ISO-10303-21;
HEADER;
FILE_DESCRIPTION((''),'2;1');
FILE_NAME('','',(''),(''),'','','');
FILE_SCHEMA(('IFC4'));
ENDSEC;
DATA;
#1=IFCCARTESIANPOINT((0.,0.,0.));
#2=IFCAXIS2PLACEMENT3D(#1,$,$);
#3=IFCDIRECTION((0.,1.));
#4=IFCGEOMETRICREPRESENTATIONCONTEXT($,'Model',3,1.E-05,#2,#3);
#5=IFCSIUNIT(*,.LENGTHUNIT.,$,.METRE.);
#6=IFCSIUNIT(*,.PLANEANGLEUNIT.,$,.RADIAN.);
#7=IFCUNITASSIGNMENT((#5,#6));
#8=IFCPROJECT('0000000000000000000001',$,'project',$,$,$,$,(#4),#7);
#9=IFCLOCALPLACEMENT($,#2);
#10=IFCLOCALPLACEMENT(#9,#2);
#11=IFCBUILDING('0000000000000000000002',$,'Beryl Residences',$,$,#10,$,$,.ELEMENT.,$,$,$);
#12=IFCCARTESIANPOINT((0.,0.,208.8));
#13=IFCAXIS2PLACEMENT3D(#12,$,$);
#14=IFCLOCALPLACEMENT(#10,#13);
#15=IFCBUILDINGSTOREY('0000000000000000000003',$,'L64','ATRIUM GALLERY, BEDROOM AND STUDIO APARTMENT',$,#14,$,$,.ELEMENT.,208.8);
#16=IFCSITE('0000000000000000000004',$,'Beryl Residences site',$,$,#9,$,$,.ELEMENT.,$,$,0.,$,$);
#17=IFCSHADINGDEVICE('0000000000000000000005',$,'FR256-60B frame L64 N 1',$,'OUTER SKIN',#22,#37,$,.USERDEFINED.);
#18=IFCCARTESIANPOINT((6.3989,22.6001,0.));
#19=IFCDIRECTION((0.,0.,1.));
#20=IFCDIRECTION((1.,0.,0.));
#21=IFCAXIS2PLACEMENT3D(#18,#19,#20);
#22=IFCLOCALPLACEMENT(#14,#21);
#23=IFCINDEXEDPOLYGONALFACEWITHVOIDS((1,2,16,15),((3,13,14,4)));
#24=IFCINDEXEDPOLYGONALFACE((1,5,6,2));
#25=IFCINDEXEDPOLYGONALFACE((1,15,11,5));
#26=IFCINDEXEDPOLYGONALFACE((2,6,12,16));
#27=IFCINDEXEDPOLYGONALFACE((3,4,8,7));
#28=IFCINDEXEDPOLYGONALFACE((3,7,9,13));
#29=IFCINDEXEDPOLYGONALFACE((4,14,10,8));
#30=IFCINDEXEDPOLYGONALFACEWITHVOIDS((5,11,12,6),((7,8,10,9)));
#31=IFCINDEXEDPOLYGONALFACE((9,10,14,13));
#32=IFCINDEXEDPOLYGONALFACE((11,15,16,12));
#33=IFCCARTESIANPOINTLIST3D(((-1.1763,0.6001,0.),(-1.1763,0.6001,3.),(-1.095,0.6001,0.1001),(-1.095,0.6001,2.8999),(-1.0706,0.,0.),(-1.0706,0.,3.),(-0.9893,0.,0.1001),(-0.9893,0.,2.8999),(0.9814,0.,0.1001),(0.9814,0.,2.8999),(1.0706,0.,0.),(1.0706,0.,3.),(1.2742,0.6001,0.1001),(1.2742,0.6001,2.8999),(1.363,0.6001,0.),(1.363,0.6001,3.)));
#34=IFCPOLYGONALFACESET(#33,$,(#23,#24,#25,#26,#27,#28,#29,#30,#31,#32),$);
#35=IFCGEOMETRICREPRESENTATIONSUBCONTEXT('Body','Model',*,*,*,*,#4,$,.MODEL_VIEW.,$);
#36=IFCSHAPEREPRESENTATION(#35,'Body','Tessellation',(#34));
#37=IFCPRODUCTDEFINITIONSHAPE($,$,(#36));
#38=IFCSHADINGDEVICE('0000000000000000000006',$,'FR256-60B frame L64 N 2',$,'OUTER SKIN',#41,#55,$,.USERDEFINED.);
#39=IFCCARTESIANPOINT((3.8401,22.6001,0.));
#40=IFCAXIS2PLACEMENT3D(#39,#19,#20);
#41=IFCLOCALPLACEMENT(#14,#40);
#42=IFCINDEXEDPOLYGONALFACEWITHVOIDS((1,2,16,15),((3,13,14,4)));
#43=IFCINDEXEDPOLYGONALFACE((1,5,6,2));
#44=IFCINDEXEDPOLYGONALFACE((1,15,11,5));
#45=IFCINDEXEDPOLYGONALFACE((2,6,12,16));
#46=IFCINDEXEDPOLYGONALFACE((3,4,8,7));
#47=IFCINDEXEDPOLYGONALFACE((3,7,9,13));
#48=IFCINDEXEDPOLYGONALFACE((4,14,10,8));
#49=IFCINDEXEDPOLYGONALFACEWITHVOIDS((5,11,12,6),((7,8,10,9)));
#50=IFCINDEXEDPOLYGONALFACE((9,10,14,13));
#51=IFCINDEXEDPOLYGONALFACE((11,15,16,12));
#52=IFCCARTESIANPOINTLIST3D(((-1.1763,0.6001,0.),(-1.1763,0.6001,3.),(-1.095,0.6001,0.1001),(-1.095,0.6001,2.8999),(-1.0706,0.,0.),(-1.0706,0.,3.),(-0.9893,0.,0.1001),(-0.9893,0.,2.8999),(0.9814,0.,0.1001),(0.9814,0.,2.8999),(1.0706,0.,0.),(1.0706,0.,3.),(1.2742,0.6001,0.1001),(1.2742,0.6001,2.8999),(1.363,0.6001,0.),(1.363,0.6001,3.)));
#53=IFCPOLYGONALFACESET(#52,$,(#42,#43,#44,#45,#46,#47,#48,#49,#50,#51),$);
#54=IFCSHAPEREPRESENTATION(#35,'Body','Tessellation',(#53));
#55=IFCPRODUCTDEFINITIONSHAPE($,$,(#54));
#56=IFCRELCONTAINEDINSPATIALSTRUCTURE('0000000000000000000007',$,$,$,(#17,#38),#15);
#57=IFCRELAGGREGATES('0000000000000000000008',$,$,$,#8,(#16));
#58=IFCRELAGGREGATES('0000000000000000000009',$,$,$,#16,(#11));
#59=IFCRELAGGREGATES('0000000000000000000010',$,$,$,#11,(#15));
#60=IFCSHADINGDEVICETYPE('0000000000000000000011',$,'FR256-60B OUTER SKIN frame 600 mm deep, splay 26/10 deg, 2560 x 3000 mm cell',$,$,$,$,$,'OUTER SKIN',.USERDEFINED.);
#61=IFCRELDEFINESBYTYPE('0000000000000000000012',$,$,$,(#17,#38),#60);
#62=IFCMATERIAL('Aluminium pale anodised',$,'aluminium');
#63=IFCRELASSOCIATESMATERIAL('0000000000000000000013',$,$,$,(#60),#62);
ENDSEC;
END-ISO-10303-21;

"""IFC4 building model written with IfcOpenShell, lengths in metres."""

from ifc_helpers import new_model, entity, si_unit, direction, frame, origin, place, context, subcontext, project, spatial, source, transform, mapped, material, type_object, type_shapes, element, save


model = new_model("IFC4")

# Units and contexts
model_context = context("Model", 3, precision=1e-05, world=origin(), true_north=direction((0.0, 1.0)))
body_context = subcontext(model_context, "Body", "Model", "MODEL_VIEW")
ifc_project = project(units=[si_unit("LENGTHUNIT", "METRE"), si_unit("PLANEANGLEUNIT", "RADIAN")], contexts=[model_context])

# Site, building, storey
site_placement = place(None, origin())
site = spatial("IfcSite", under=ifc_project, at=site_placement, Name="Beryl Residences site", CompositionType="ELEMENT", RefElevation=0.0)
building_placement = place(site_placement, origin())
building = spatial("IfcBuilding", under=site, at=building_placement, Name="Beryl Residences", CompositionType="ELEMENT")
storey_placement = place(building_placement, frame((0.0, 0.0, 208.8)))
storey = spatial("IfcBuildingStorey", under=building, at=storey_placement, Name="L64", Description="ATRIUM GALLERY, BEDROOM AND STUDIO APARTMENT", CompositionType="ELEMENT", Elevation=208.8)

# Shading devices
ifc_material_1 = material(Name="Aluminium pale anodised", Category="aluminium")
shading_device_type = type_object("IfcShadingDeviceType", Name="FR256-60B OUTER SKIN frame 600 mm deep, splay 26/10 deg, 2560 x 3000 mm cell", ElementType="OUTER SKIN", PredefinedType="USERDEFINED", material=ifc_material_1)
cartesian_point_1 = entity("IfcCartesianPoint", [-1.0706, 0.0])
cartesian_point_2 = entity("IfcCartesianPoint", [-0.9814, 0.1001])
cartesian_point_3 = entity("IfcCartesianPoint", [-1.363, 0.0])
cartesian_point_4 = entity("IfcCartesianPoint", [-1.2742, 0.1001])
shared_shape_1 = source(origin(), body_context, "Body", "SweptSolid", [
    entity("IfcExtrudedAreaSolidTapered", entity("IfcArbitraryProfileDefWithVoids", "AREA", None, entity("IfcPolyline", [cartesian_point_1, entity("IfcCartesianPoint", [1.0706, 0.0]), entity("IfcCartesianPoint", [1.0706, 3.0]), entity("IfcCartesianPoint", [-1.0706, 3.0]), cartesian_point_1]), [entity("IfcPolyline", [cartesian_point_2, entity("IfcCartesianPoint", [0.9893, 0.1001]), entity("IfcCartesianPoint", [0.9893, 2.8999]), entity("IfcCartesianPoint", [-0.9814, 2.8999]), cartesian_point_2])]), entity("IfcAxis2Placement3D", entity("IfcCartesianPoint", [0.0, 0.0, 0.0]), entity("IfcDirection", [0.0, 1.0, 0.0]), entity("IfcDirection", [-1.0, 0.0, 0.0])), entity("IfcDirection", [0.0, 0.0, 1.0]), 0.6001, entity("IfcArbitraryProfileDefWithVoids", "AREA", None, entity("IfcPolyline", [cartesian_point_3, entity("IfcCartesianPoint", [1.1763, 0.0]), entity("IfcCartesianPoint", [1.1763, 3.0]), entity("IfcCartesianPoint", [-1.363, 3.0]), cartesian_point_3]), [entity("IfcPolyline", [cartesian_point_4, entity("IfcCartesianPoint", [1.095, 0.1001]), entity("IfcCartesianPoint", [1.095, 2.8999]), entity("IfcCartesianPoint", [-1.2742, 2.8999]), cartesian_point_4])])),
])
type_shapes(shading_device_type, [shared_shape_1])
for number, where, z_axis, x_axis, name in (
    (1, (6.3989, 22.6001, 0.0), (0.0, 0.0, 1.0), (1.0, 0.0, 0.0), "FR256-60B frame L64 N 1"),
    (2, (3.8401, 22.6001, 0.0), (0.0, 0.0, 1.0), (1.0, 0.0, 0.0), "FR256-60B frame L64 N 2"),
):
    element("IfcShadingDevice", number, at=place(storey_placement, frame(where, z_axis=z_axis, x_axis=x_axis)), inside=storey, type_object=shading_device_type, Name=name, ObjectType="OUTER SKIN", PredefinedType="USERDEFINED", context=body_context, shape_type="MappedRepresentation", body=[
        mapped(shared_shape_1, transform((0.0, 0.0, 0.0))),
    ])

save(model, "model.ifc")
